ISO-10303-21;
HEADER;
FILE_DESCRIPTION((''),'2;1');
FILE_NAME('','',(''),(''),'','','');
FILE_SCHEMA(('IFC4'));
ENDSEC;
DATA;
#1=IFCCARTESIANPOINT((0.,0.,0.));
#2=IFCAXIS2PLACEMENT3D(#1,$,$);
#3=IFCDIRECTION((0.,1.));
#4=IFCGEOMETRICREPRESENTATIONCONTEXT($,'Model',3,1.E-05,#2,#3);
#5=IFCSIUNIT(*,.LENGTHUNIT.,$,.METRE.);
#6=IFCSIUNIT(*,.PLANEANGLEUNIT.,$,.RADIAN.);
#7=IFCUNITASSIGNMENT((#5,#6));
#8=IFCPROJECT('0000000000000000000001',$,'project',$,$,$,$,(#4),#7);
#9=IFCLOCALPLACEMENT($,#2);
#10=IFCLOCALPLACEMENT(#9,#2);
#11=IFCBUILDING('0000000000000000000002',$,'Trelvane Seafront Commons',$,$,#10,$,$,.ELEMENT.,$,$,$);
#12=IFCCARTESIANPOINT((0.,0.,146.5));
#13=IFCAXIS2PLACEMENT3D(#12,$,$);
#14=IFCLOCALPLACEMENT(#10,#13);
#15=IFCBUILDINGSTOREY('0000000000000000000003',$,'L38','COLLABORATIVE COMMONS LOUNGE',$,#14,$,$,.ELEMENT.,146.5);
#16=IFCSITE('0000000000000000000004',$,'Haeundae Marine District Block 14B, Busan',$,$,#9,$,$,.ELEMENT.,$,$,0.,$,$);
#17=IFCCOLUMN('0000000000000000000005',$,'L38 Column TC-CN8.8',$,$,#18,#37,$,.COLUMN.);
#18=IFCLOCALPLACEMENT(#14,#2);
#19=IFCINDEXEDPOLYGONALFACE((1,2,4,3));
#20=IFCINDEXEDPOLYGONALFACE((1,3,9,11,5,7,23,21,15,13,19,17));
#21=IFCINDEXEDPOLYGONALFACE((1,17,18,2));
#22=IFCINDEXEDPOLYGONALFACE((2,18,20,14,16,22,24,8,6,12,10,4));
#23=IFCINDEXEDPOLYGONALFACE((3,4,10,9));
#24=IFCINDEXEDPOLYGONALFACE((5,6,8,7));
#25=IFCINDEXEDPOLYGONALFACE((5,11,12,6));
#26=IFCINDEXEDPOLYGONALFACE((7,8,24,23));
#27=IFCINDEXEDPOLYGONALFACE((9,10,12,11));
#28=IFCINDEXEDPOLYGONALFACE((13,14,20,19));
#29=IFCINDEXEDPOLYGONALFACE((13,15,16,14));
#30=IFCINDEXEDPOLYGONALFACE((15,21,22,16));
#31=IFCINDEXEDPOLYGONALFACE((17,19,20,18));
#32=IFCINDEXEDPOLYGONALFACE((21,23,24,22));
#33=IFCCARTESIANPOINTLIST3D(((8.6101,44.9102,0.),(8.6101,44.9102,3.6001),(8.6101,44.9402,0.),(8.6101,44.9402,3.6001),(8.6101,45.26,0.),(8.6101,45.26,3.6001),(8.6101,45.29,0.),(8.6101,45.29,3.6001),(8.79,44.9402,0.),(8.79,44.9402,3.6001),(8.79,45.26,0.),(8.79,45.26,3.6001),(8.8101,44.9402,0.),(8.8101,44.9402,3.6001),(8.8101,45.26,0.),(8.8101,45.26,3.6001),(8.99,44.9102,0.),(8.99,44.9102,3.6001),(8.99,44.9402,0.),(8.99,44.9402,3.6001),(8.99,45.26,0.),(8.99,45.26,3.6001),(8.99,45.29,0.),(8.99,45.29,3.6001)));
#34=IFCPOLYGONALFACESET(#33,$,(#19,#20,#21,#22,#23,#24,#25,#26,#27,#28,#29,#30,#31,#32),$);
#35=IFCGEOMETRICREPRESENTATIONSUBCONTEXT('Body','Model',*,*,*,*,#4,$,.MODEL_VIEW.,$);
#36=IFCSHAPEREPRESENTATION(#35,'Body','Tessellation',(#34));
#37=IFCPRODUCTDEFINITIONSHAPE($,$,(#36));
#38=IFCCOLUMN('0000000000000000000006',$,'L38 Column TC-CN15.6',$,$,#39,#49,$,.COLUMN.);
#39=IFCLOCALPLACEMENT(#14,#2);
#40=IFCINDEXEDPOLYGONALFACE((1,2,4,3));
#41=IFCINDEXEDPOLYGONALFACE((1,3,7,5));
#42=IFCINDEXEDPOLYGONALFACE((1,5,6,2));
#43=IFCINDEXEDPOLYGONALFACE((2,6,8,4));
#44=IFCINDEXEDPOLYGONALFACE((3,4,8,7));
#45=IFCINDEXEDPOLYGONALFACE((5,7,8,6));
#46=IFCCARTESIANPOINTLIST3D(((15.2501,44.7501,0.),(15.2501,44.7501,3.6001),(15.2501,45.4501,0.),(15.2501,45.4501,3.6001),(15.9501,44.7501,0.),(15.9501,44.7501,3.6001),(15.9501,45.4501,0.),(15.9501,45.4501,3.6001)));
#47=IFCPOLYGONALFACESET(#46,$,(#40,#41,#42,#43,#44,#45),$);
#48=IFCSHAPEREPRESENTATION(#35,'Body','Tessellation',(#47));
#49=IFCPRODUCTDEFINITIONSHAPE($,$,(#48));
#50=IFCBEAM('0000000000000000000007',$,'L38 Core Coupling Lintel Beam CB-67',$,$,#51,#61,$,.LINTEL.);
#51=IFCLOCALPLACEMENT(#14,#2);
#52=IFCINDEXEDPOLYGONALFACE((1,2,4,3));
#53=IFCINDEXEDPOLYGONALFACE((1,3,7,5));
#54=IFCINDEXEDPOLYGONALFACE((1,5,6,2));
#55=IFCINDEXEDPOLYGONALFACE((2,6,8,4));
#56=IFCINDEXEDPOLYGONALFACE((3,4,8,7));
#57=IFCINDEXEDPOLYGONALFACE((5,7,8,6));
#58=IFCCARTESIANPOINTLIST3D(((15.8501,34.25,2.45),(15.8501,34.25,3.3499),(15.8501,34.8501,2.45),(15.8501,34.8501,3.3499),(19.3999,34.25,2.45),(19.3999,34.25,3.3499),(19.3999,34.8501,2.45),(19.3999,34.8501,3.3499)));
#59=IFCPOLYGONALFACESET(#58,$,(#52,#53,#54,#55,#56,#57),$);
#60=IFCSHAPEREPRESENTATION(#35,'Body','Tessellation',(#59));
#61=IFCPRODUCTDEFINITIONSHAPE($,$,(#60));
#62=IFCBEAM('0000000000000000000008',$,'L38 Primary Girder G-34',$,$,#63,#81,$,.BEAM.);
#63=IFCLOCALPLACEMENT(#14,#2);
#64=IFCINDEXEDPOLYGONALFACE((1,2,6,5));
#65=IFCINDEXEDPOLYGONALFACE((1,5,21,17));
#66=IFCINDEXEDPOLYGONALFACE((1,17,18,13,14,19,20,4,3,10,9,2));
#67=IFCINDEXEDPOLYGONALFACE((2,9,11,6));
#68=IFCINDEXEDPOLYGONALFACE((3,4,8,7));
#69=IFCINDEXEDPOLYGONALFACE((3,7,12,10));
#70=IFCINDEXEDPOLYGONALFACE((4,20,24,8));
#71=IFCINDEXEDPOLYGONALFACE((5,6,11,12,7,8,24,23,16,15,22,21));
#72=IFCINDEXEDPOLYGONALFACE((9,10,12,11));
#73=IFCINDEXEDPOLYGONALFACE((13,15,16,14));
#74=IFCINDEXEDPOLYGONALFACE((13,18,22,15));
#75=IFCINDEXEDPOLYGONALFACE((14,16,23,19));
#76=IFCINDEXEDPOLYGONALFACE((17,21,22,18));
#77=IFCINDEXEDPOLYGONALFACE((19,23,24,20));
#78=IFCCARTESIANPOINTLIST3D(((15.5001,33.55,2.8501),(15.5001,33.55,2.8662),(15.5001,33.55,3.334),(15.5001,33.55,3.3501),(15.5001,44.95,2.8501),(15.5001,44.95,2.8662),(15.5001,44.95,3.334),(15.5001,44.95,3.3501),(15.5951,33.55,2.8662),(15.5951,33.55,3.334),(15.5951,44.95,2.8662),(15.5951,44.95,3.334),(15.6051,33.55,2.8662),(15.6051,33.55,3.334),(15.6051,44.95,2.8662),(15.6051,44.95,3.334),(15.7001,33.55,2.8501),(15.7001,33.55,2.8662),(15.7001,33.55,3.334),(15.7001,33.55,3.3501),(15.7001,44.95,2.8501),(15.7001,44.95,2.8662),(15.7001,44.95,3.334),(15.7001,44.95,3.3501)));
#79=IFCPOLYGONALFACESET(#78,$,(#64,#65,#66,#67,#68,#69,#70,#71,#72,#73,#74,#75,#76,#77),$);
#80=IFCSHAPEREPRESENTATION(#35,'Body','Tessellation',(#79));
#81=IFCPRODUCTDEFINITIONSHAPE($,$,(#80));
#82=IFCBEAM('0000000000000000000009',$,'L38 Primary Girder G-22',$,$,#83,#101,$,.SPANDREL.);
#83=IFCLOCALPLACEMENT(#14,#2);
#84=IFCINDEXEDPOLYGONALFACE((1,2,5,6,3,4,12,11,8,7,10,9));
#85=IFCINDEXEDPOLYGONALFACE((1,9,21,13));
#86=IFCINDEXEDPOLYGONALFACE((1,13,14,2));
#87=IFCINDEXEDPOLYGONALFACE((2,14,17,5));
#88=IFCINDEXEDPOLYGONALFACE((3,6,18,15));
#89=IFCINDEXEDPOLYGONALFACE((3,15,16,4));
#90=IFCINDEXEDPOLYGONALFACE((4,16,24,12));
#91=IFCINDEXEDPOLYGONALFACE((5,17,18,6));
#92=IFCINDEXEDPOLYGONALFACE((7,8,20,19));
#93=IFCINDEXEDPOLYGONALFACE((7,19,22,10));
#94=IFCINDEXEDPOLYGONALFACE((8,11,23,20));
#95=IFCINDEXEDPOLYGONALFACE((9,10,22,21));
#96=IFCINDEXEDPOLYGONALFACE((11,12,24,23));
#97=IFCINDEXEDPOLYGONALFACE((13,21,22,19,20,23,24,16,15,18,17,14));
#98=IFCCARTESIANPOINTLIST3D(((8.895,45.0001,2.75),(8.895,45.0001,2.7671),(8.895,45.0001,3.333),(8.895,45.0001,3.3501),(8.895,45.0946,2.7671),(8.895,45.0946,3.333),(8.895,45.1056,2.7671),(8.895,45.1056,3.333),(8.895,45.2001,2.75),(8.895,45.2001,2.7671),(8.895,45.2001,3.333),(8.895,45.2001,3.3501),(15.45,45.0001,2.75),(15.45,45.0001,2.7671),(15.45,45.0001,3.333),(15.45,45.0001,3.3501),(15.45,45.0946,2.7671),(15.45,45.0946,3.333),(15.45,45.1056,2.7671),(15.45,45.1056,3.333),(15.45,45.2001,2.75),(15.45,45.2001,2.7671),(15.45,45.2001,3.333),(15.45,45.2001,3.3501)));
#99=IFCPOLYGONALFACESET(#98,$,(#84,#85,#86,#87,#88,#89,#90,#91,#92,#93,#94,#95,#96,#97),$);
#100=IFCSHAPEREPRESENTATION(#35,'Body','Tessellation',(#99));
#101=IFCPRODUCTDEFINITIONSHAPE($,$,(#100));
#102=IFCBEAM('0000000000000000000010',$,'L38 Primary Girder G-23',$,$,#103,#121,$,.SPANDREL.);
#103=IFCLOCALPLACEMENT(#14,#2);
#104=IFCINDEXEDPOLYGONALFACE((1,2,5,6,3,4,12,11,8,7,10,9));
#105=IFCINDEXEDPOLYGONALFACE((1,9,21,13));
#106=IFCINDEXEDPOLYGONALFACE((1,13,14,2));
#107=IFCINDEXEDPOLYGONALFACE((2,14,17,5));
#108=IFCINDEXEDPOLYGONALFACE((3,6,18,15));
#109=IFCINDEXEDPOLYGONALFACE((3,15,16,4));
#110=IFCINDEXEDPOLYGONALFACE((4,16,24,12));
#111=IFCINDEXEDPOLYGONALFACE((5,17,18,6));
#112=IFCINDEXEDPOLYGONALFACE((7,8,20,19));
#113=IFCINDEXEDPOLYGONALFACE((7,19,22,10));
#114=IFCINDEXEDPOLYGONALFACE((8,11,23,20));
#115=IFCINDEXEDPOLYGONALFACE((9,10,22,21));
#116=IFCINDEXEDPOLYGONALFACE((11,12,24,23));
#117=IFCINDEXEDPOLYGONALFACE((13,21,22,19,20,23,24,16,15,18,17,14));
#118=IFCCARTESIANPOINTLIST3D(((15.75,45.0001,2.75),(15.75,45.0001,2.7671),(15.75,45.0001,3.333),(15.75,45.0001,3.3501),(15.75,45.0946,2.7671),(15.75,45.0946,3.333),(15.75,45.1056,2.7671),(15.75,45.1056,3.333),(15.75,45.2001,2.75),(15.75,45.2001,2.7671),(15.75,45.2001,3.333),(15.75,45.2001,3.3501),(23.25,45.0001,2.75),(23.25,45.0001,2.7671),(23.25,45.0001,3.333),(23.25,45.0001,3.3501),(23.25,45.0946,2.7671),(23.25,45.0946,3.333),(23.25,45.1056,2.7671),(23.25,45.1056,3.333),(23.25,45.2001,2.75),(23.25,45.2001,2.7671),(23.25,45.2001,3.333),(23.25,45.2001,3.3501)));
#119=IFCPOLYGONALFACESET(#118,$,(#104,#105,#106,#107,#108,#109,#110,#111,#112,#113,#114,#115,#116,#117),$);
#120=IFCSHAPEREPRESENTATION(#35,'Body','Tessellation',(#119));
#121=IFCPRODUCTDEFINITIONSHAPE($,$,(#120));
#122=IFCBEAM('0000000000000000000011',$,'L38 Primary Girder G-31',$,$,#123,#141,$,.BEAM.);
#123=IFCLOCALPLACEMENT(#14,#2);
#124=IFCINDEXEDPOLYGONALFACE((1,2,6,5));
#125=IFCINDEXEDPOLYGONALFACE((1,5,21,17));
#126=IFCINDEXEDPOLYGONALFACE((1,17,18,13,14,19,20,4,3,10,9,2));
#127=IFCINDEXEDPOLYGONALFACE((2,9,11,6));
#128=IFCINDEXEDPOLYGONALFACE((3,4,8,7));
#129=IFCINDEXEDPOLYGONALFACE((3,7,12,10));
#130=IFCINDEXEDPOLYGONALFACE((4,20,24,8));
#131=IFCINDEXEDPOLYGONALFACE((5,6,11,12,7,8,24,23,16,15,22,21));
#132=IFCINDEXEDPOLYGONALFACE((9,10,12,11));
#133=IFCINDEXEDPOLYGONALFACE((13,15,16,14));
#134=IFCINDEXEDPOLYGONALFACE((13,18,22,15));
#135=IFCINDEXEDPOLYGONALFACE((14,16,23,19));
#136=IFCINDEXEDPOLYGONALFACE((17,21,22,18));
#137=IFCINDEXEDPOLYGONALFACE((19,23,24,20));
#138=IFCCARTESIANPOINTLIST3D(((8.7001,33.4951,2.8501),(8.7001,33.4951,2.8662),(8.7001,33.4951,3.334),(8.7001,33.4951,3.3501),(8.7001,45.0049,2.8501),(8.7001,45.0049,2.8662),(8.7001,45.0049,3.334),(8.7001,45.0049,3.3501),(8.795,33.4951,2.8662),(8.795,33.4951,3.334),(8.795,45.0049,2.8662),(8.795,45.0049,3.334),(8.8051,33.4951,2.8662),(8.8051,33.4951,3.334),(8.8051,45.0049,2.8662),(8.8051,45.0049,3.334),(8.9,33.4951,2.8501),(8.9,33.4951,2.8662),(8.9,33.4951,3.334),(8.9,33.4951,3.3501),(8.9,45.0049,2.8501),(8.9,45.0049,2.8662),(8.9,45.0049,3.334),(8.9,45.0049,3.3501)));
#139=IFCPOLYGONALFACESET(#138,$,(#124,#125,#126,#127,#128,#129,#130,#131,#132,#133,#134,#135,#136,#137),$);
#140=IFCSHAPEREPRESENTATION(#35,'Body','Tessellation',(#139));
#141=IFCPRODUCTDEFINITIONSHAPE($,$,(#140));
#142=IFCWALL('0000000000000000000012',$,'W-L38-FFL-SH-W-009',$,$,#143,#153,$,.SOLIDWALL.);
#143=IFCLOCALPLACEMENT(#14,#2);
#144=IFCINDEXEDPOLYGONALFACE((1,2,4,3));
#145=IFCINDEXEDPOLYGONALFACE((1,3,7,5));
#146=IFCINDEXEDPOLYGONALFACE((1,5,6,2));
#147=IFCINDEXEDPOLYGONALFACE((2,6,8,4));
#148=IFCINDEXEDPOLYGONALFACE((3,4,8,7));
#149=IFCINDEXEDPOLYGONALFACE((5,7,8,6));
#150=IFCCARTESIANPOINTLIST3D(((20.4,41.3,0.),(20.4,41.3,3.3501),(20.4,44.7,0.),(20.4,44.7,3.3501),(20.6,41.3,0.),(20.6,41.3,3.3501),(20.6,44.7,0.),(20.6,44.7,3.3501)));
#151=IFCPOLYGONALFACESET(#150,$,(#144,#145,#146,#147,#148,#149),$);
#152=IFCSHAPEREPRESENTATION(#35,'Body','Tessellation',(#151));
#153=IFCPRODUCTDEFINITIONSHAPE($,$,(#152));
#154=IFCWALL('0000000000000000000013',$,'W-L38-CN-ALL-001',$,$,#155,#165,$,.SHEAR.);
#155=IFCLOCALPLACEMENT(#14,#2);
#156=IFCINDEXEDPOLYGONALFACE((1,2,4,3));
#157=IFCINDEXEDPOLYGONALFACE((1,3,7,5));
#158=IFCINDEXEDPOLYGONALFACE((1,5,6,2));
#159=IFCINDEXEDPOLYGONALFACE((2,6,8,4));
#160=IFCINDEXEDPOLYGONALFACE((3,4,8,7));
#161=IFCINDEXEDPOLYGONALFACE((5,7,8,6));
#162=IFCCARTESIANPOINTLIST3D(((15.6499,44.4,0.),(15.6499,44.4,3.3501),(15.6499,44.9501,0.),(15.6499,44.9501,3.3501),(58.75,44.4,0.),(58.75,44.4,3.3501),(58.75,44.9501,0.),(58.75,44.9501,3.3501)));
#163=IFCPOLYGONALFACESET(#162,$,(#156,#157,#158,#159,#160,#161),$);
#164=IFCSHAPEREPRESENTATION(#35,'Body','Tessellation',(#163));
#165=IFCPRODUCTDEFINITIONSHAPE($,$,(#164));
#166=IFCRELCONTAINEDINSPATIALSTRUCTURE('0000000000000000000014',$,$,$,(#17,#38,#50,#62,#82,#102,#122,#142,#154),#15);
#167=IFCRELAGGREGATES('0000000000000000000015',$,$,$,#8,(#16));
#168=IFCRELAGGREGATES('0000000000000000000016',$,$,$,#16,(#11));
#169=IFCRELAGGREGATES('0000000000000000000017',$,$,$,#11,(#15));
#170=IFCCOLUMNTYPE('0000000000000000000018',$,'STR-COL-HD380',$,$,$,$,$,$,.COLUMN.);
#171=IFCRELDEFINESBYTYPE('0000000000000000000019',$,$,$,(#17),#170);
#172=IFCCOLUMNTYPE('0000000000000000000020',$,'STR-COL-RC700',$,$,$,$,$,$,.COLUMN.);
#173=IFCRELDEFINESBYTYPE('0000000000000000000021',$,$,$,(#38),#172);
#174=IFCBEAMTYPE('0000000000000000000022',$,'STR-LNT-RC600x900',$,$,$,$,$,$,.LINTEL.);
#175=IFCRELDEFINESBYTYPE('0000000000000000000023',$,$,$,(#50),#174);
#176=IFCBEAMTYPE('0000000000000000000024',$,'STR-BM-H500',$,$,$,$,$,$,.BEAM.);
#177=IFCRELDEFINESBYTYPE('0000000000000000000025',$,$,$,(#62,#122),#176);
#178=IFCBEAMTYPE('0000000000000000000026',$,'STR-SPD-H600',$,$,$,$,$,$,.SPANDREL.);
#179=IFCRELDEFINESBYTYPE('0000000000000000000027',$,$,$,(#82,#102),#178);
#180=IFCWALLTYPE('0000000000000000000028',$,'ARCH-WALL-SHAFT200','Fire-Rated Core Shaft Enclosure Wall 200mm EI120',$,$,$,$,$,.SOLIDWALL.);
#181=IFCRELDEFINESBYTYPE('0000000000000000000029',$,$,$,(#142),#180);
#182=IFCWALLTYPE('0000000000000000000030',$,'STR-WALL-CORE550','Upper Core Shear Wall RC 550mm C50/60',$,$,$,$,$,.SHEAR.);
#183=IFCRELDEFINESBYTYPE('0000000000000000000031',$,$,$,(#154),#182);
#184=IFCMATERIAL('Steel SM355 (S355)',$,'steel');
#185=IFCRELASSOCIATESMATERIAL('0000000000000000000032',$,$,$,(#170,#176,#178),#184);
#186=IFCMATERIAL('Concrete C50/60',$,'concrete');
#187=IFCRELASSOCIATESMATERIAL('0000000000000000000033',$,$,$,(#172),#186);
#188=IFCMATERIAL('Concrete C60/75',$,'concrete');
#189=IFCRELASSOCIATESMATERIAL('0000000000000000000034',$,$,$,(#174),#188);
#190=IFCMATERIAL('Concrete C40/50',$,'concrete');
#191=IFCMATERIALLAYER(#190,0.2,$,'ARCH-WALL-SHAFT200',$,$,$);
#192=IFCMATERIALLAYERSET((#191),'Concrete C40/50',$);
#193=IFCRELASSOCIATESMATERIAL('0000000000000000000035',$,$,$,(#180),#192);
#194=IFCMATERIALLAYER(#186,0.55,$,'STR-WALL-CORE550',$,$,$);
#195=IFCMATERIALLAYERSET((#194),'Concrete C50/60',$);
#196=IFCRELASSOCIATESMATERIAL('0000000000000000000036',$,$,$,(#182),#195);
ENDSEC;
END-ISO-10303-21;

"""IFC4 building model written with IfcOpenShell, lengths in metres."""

from ifc_helpers import new_model, si_unit, direction, frame, frame_2d, origin, origin_2d, place, context, subcontext, project, spatial, rectangle, i_section, extrude, source, transform, mapped, material, layer, layer_set, material_profile, profile_set, type_object, element, save


model = new_model("IFC4")

# Units and contexts
model_context = context("Model", 3, precision=1e-05, world=origin(), true_north=direction((0.0, 1.0)))
body_context = subcontext(model_context, "Body", "Model", "MODEL_VIEW")
ifc_project = project(units=[si_unit("LENGTHUNIT", "METRE"), si_unit("PLANEANGLEUNIT", "RADIAN")], contexts=[model_context])

# Site, building, storey
site_placement = place(None, origin())
site = spatial("IfcSite", under=ifc_project, at=site_placement, Name="Haeundae Marine District Block 14B, Busan", CompositionType="ELEMENT", RefElevation=0.0)
building_placement = place(site_placement, origin())
building = spatial("IfcBuilding", under=site, at=building_placement, Name="Trelvane Seafront Commons", CompositionType="ELEMENT")
storey_placement = place(building_placement, frame((0.0, 0.0, 146.5)))
storey = spatial("IfcBuildingStorey", under=building, at=storey_placement, Name="L38", Description="COLLABORATIVE COMMONS LOUNGE", CompositionType="ELEMENT", Elevation=146.5)

# Columns
ifc_material_1 = material(Name="Steel SM355 (S355)", Category="steel")
ifc_material_profile_1 = material_profile(ifc_material_1, i_section(OverallWidth=0.3799, OverallDepth=0.3799, WebThickness=0.02, FlangeThickness=0.03, at=origin_2d()), Name="HD-380x380x20x30")
ifc_profile_set_1 = profile_set([ifc_material_profile_1], Name="Steel SM355 (S355)")
column_type_1 = type_object("IfcColumnType", Name="STR-COL-HD380", PredefinedType="COLUMN", material=ifc_profile_set_1)
shared_shape_1 = source(origin(), body_context, "Body", "SweptSolid", [
    extrude(i_section(OverallWidth=0.3799, OverallDepth=0.3799, WebThickness=0.02, FlangeThickness=0.03, at=origin_2d()), origin(), (0.0, 0.0, 1.0), 3.6001),
])
column_1_placement = place(storey_placement, frame((8.8, 45.1001, 0.0), z_axis=(0.0, 0.0, 1.0), x_axis=(1.0, 0.0, 0.0)))
element("IfcColumn", 1, at=column_1_placement, inside=storey, type_object=column_type_1, Name="L38 Column TC-CN8.8", PredefinedType="COLUMN", context=body_context, shape_type="MappedRepresentation", body=[
    mapped(shared_shape_1, transform((0.0, 0.0, 0.0), x_axis=(1.0, 0.0, 0.0), y_axis=(0.0, 1.0, 0.0), z_axis=(0.0, 0.0, 1.0), scale=1.0)),
])
ifc_material_2 = material(Name="Concrete C50/60", Category="concrete")
ifc_material_profile_2 = material_profile(ifc_material_2, rectangle(XDim=0.7, YDim=0.7, at=origin_2d()), Name="RC-700x700")
ifc_profile_set_2 = profile_set([ifc_material_profile_2], Name="Concrete C50/60")
column_type_2 = type_object("IfcColumnType", Name="STR-COL-RC700", PredefinedType="COLUMN", material=ifc_profile_set_2)
shared_shape_2 = source(origin(), body_context, "Body", "SweptSolid", [
    extrude(rectangle(XDim=0.7, YDim=0.7, at=origin_2d()), origin(), (0.0, 0.0, 1.0), 3.6001),
])
column_2_placement = place(storey_placement, frame((15.6001, 45.1001, 0.0), z_axis=(0.0, 0.0, 1.0), x_axis=(1.0, 0.0, 0.0)))
element("IfcColumn", 2, at=column_2_placement, inside=storey, type_object=column_type_2, Name="L38 Column TC-CN15.6", PredefinedType="COLUMN", context=body_context, shape_type="MappedRepresentation", body=[
    mapped(shared_shape_2, transform((0.0, 0.0, 0.0), x_axis=(1.0, 0.0, 0.0), y_axis=(0.0, 1.0, 0.0), z_axis=(0.0, 0.0, 1.0), scale=1.0)),
])

# Beams
ifc_material_3 = material(Name="Concrete C60/75", Category="concrete")
ifc_material_profile_3 = material_profile(ifc_material_3, rectangle(XDim=0.6001, YDim=0.8999, at=origin_2d()), Name="RC-600x900")
ifc_profile_set_3 = profile_set([ifc_material_profile_3], Name="Concrete C60/75")
beam_type_1 = type_object("IfcBeamType", Name="STR-LNT-RC600x900", PredefinedType="LINTEL", material=ifc_profile_set_3)
shared_shape_3 = source(origin(), body_context, "Body", "SweptSolid", [
    extrude(rectangle(XDim=0.6001, YDim=0.8999, at=origin_2d()), origin(), (0.0, 0.0, 1.0), 3.5498),
])
beam_1_placement = place(storey_placement, frame((15.8501, 34.55, 2.8999), z_axis=(1.0, 0.0, 0.0), x_axis=(0.0, 1.0, 0.0)))
element("IfcBeam", 3, at=beam_1_placement, inside=storey, type_object=beam_type_1, Name="L38 Core Coupling Lintel Beam CB-67", PredefinedType="LINTEL", context=body_context, shape_type="MappedRepresentation", body=[
    mapped(shared_shape_3, transform((0.0, 0.0, 0.0), x_axis=(1.0, 0.0, 0.0), y_axis=(0.0, 1.0, 0.0), z_axis=(0.0, 0.0, 1.0), scale=1.0)),
])
ifc_material_profile_4 = material_profile(ifc_material_1, i_section(OverallWidth=0.2, OverallDepth=0.5, WebThickness=0.01, FlangeThickness=0.0161, at=origin_2d()), Name="H-500x200x10x16")
ifc_profile_set_4 = profile_set([ifc_material_profile_4], Name="Steel SM355 (S355)")
beam_type_2 = type_object("IfcBeamType", Name="STR-BM-H500", PredefinedType="BEAM", material=ifc_profile_set_4)
shared_shape_4 = source(origin(), body_context, "Body", "SweptSolid", [
    extrude(i_section(OverallWidth=0.2, OverallDepth=0.5, WebThickness=0.01, FlangeThickness=0.0161, at=origin_2d()), origin(), (0.0, 0.0, 1.0), 11.3999),
])
beam_2_placement = place(storey_placement, frame((15.6001, 33.55, 3.1001), z_axis=(0.0, 1.0, 0.0), x_axis=(-1.0, 0.0, 0.0)))
element("IfcBeam", 4, at=beam_2_placement, inside=storey, type_object=beam_type_2, Name="L38 Primary Girder G-34", PredefinedType="BEAM", context=body_context, shape_type="MappedRepresentation", body=[
    mapped(shared_shape_4, transform((0.0, 0.0, 0.0), x_axis=(1.0, 0.0, 0.0), y_axis=(0.0, 1.0, 0.0), z_axis=(0.0, 0.0, 1.0), scale=1.0)),
])
ifc_material_profile_5 = material_profile(ifc_material_1, i_section(OverallWidth=0.2, OverallDepth=0.6001, WebThickness=0.011, FlangeThickness=0.0171, at=origin_2d()), Name="H-600x200x11x17")
ifc_profile_set_5 = profile_set([ifc_material_profile_5], Name="Steel SM355 (S355)")
beam_type_3 = type_object("IfcBeamType", Name="STR-SPD-H600", PredefinedType="SPANDREL", material=ifc_profile_set_5)
shared_shape_5 = source(origin(), body_context, "Body", "SweptSolid", [
    extrude(i_section(OverallWidth=0.2, OverallDepth=0.6001, WebThickness=0.011, FlangeThickness=0.0171, at=origin_2d()), origin(), (0.0, 0.0, 1.0), 6.5549),
])
beam_3_placement = place(storey_placement, frame((8.895, 45.1001, 3.05), z_axis=(1.0, 0.0, 0.0), x_axis=(0.0, 1.0, 0.0)))
element("IfcBeam", 5, at=beam_3_placement, inside=storey, type_object=beam_type_3, Name="L38 Primary Girder G-22", PredefinedType="SPANDREL", context=body_context, shape_type="MappedRepresentation", body=[
    mapped(shared_shape_5, transform((0.0, 0.0, 0.0), x_axis=(1.0, 0.0, 0.0), y_axis=(0.0, 1.0, 0.0), z_axis=(0.0, 0.0, 1.0), scale=1.0)),
])
shared_shape_6 = source(origin(), body_context, "Body", "SweptSolid", [
    extrude(i_section(OverallWidth=0.2, OverallDepth=0.6001, WebThickness=0.011, FlangeThickness=0.0171, at=origin_2d()), origin(), (0.0, 0.0, 1.0), 7.5),
])
beam_4_placement = place(storey_placement, frame((15.75, 45.1001, 3.05), z_axis=(1.0, 0.0, 0.0), x_axis=(0.0, 1.0, 0.0)))
element("IfcBeam", 6, at=beam_4_placement, inside=storey, type_object=beam_type_3, Name="L38 Primary Girder G-23", PredefinedType="SPANDREL", context=body_context, shape_type="MappedRepresentation", body=[
    mapped(shared_shape_6, transform((0.0, 0.0, 0.0), x_axis=(1.0, 0.0, 0.0), y_axis=(0.0, 1.0, 0.0), z_axis=(0.0, 0.0, 1.0), scale=1.0)),
])
shared_shape_7 = source(origin(), body_context, "Body", "SweptSolid", [
    extrude(i_section(OverallWidth=0.2, OverallDepth=0.5, WebThickness=0.01, FlangeThickness=0.0161, at=origin_2d()), origin(), (0.0, 0.0, 1.0), 11.5098),
])
beam_5_placement = place(storey_placement, frame((8.8, 33.4951, 3.1001), z_axis=(0.0, 1.0, 0.0), x_axis=(-1.0, 0.0, 0.0)))
element("IfcBeam", 7, at=beam_5_placement, inside=storey, type_object=beam_type_2, Name="L38 Primary Girder G-31", PredefinedType="BEAM", context=body_context, shape_type="MappedRepresentation", body=[
    mapped(shared_shape_7, transform((0.0, 0.0, 0.0), x_axis=(1.0, 0.0, 0.0), y_axis=(0.0, 1.0, 0.0), z_axis=(0.0, 0.0, 1.0), scale=1.0)),
])

# Shared definitions
ifc_material_4 = material(Name="Concrete C40/50", Category="concrete")
ifc_layer_1 = layer(ifc_material_4, 0.2, Name="ARCH-WALL-SHAFT200")
ifc_layer_set_1 = layer_set([ifc_layer_1], Name="Concrete C40/50")
wall_type_1 = type_object("IfcWallType", Name="ARCH-WALL-SHAFT200", Description="Fire-Rated Core Shaft Enclosure Wall 200mm EI120", PredefinedType="SOLIDWALL", material=ifc_layer_set_1)

# Walls
wall_1_placement = place(storey_placement, frame((20.5, 41.3, 0.0), z_axis=(0.0, 0.0, 1.0), x_axis=(0.0, 1.0, 0.0)))
element("IfcWall", 8, at=wall_1_placement, inside=storey, type_object=wall_type_1, Name="W-L38-FFL-SH-W-009", PredefinedType="SOLIDWALL", context=body_context, shape_type="SweptSolid", body=[
    extrude(rectangle(XDim=3.3999, YDim=0.2, at=frame_2d((1.7, 0.0))), origin(), (0.0, 0.0, 1.0), 3.3501),
])
ifc_layer_2 = layer(ifc_material_2, 0.55, Name="STR-WALL-CORE550")
ifc_layer_set_2 = layer_set([ifc_layer_2], Name="Concrete C50/60")
wall_type_2 = type_object("IfcWallType", Name="STR-WALL-CORE550", Description="Upper Core Shear Wall RC 550mm C50/60", PredefinedType="SHEAR", material=ifc_layer_set_2)
wall_2_placement = place(storey_placement, frame((15.6499, 44.675, 0.0), z_axis=(0.0, 0.0, 1.0), x_axis=(1.0, 0.0, 0.0)))
element("IfcWall", 9, at=wall_2_placement, inside=storey, type_object=wall_type_2, Name="W-L38-CN-ALL-001", PredefinedType="SHEAR", context=body_context, shape_type="SweptSolid", body=[
    extrude(rectangle(XDim=43.1001, YDim=0.55, at=frame_2d((21.55, 0.0))), origin(), (0.0, 0.0, 1.0), 3.3501),
])

save(model, "model.ifc")
